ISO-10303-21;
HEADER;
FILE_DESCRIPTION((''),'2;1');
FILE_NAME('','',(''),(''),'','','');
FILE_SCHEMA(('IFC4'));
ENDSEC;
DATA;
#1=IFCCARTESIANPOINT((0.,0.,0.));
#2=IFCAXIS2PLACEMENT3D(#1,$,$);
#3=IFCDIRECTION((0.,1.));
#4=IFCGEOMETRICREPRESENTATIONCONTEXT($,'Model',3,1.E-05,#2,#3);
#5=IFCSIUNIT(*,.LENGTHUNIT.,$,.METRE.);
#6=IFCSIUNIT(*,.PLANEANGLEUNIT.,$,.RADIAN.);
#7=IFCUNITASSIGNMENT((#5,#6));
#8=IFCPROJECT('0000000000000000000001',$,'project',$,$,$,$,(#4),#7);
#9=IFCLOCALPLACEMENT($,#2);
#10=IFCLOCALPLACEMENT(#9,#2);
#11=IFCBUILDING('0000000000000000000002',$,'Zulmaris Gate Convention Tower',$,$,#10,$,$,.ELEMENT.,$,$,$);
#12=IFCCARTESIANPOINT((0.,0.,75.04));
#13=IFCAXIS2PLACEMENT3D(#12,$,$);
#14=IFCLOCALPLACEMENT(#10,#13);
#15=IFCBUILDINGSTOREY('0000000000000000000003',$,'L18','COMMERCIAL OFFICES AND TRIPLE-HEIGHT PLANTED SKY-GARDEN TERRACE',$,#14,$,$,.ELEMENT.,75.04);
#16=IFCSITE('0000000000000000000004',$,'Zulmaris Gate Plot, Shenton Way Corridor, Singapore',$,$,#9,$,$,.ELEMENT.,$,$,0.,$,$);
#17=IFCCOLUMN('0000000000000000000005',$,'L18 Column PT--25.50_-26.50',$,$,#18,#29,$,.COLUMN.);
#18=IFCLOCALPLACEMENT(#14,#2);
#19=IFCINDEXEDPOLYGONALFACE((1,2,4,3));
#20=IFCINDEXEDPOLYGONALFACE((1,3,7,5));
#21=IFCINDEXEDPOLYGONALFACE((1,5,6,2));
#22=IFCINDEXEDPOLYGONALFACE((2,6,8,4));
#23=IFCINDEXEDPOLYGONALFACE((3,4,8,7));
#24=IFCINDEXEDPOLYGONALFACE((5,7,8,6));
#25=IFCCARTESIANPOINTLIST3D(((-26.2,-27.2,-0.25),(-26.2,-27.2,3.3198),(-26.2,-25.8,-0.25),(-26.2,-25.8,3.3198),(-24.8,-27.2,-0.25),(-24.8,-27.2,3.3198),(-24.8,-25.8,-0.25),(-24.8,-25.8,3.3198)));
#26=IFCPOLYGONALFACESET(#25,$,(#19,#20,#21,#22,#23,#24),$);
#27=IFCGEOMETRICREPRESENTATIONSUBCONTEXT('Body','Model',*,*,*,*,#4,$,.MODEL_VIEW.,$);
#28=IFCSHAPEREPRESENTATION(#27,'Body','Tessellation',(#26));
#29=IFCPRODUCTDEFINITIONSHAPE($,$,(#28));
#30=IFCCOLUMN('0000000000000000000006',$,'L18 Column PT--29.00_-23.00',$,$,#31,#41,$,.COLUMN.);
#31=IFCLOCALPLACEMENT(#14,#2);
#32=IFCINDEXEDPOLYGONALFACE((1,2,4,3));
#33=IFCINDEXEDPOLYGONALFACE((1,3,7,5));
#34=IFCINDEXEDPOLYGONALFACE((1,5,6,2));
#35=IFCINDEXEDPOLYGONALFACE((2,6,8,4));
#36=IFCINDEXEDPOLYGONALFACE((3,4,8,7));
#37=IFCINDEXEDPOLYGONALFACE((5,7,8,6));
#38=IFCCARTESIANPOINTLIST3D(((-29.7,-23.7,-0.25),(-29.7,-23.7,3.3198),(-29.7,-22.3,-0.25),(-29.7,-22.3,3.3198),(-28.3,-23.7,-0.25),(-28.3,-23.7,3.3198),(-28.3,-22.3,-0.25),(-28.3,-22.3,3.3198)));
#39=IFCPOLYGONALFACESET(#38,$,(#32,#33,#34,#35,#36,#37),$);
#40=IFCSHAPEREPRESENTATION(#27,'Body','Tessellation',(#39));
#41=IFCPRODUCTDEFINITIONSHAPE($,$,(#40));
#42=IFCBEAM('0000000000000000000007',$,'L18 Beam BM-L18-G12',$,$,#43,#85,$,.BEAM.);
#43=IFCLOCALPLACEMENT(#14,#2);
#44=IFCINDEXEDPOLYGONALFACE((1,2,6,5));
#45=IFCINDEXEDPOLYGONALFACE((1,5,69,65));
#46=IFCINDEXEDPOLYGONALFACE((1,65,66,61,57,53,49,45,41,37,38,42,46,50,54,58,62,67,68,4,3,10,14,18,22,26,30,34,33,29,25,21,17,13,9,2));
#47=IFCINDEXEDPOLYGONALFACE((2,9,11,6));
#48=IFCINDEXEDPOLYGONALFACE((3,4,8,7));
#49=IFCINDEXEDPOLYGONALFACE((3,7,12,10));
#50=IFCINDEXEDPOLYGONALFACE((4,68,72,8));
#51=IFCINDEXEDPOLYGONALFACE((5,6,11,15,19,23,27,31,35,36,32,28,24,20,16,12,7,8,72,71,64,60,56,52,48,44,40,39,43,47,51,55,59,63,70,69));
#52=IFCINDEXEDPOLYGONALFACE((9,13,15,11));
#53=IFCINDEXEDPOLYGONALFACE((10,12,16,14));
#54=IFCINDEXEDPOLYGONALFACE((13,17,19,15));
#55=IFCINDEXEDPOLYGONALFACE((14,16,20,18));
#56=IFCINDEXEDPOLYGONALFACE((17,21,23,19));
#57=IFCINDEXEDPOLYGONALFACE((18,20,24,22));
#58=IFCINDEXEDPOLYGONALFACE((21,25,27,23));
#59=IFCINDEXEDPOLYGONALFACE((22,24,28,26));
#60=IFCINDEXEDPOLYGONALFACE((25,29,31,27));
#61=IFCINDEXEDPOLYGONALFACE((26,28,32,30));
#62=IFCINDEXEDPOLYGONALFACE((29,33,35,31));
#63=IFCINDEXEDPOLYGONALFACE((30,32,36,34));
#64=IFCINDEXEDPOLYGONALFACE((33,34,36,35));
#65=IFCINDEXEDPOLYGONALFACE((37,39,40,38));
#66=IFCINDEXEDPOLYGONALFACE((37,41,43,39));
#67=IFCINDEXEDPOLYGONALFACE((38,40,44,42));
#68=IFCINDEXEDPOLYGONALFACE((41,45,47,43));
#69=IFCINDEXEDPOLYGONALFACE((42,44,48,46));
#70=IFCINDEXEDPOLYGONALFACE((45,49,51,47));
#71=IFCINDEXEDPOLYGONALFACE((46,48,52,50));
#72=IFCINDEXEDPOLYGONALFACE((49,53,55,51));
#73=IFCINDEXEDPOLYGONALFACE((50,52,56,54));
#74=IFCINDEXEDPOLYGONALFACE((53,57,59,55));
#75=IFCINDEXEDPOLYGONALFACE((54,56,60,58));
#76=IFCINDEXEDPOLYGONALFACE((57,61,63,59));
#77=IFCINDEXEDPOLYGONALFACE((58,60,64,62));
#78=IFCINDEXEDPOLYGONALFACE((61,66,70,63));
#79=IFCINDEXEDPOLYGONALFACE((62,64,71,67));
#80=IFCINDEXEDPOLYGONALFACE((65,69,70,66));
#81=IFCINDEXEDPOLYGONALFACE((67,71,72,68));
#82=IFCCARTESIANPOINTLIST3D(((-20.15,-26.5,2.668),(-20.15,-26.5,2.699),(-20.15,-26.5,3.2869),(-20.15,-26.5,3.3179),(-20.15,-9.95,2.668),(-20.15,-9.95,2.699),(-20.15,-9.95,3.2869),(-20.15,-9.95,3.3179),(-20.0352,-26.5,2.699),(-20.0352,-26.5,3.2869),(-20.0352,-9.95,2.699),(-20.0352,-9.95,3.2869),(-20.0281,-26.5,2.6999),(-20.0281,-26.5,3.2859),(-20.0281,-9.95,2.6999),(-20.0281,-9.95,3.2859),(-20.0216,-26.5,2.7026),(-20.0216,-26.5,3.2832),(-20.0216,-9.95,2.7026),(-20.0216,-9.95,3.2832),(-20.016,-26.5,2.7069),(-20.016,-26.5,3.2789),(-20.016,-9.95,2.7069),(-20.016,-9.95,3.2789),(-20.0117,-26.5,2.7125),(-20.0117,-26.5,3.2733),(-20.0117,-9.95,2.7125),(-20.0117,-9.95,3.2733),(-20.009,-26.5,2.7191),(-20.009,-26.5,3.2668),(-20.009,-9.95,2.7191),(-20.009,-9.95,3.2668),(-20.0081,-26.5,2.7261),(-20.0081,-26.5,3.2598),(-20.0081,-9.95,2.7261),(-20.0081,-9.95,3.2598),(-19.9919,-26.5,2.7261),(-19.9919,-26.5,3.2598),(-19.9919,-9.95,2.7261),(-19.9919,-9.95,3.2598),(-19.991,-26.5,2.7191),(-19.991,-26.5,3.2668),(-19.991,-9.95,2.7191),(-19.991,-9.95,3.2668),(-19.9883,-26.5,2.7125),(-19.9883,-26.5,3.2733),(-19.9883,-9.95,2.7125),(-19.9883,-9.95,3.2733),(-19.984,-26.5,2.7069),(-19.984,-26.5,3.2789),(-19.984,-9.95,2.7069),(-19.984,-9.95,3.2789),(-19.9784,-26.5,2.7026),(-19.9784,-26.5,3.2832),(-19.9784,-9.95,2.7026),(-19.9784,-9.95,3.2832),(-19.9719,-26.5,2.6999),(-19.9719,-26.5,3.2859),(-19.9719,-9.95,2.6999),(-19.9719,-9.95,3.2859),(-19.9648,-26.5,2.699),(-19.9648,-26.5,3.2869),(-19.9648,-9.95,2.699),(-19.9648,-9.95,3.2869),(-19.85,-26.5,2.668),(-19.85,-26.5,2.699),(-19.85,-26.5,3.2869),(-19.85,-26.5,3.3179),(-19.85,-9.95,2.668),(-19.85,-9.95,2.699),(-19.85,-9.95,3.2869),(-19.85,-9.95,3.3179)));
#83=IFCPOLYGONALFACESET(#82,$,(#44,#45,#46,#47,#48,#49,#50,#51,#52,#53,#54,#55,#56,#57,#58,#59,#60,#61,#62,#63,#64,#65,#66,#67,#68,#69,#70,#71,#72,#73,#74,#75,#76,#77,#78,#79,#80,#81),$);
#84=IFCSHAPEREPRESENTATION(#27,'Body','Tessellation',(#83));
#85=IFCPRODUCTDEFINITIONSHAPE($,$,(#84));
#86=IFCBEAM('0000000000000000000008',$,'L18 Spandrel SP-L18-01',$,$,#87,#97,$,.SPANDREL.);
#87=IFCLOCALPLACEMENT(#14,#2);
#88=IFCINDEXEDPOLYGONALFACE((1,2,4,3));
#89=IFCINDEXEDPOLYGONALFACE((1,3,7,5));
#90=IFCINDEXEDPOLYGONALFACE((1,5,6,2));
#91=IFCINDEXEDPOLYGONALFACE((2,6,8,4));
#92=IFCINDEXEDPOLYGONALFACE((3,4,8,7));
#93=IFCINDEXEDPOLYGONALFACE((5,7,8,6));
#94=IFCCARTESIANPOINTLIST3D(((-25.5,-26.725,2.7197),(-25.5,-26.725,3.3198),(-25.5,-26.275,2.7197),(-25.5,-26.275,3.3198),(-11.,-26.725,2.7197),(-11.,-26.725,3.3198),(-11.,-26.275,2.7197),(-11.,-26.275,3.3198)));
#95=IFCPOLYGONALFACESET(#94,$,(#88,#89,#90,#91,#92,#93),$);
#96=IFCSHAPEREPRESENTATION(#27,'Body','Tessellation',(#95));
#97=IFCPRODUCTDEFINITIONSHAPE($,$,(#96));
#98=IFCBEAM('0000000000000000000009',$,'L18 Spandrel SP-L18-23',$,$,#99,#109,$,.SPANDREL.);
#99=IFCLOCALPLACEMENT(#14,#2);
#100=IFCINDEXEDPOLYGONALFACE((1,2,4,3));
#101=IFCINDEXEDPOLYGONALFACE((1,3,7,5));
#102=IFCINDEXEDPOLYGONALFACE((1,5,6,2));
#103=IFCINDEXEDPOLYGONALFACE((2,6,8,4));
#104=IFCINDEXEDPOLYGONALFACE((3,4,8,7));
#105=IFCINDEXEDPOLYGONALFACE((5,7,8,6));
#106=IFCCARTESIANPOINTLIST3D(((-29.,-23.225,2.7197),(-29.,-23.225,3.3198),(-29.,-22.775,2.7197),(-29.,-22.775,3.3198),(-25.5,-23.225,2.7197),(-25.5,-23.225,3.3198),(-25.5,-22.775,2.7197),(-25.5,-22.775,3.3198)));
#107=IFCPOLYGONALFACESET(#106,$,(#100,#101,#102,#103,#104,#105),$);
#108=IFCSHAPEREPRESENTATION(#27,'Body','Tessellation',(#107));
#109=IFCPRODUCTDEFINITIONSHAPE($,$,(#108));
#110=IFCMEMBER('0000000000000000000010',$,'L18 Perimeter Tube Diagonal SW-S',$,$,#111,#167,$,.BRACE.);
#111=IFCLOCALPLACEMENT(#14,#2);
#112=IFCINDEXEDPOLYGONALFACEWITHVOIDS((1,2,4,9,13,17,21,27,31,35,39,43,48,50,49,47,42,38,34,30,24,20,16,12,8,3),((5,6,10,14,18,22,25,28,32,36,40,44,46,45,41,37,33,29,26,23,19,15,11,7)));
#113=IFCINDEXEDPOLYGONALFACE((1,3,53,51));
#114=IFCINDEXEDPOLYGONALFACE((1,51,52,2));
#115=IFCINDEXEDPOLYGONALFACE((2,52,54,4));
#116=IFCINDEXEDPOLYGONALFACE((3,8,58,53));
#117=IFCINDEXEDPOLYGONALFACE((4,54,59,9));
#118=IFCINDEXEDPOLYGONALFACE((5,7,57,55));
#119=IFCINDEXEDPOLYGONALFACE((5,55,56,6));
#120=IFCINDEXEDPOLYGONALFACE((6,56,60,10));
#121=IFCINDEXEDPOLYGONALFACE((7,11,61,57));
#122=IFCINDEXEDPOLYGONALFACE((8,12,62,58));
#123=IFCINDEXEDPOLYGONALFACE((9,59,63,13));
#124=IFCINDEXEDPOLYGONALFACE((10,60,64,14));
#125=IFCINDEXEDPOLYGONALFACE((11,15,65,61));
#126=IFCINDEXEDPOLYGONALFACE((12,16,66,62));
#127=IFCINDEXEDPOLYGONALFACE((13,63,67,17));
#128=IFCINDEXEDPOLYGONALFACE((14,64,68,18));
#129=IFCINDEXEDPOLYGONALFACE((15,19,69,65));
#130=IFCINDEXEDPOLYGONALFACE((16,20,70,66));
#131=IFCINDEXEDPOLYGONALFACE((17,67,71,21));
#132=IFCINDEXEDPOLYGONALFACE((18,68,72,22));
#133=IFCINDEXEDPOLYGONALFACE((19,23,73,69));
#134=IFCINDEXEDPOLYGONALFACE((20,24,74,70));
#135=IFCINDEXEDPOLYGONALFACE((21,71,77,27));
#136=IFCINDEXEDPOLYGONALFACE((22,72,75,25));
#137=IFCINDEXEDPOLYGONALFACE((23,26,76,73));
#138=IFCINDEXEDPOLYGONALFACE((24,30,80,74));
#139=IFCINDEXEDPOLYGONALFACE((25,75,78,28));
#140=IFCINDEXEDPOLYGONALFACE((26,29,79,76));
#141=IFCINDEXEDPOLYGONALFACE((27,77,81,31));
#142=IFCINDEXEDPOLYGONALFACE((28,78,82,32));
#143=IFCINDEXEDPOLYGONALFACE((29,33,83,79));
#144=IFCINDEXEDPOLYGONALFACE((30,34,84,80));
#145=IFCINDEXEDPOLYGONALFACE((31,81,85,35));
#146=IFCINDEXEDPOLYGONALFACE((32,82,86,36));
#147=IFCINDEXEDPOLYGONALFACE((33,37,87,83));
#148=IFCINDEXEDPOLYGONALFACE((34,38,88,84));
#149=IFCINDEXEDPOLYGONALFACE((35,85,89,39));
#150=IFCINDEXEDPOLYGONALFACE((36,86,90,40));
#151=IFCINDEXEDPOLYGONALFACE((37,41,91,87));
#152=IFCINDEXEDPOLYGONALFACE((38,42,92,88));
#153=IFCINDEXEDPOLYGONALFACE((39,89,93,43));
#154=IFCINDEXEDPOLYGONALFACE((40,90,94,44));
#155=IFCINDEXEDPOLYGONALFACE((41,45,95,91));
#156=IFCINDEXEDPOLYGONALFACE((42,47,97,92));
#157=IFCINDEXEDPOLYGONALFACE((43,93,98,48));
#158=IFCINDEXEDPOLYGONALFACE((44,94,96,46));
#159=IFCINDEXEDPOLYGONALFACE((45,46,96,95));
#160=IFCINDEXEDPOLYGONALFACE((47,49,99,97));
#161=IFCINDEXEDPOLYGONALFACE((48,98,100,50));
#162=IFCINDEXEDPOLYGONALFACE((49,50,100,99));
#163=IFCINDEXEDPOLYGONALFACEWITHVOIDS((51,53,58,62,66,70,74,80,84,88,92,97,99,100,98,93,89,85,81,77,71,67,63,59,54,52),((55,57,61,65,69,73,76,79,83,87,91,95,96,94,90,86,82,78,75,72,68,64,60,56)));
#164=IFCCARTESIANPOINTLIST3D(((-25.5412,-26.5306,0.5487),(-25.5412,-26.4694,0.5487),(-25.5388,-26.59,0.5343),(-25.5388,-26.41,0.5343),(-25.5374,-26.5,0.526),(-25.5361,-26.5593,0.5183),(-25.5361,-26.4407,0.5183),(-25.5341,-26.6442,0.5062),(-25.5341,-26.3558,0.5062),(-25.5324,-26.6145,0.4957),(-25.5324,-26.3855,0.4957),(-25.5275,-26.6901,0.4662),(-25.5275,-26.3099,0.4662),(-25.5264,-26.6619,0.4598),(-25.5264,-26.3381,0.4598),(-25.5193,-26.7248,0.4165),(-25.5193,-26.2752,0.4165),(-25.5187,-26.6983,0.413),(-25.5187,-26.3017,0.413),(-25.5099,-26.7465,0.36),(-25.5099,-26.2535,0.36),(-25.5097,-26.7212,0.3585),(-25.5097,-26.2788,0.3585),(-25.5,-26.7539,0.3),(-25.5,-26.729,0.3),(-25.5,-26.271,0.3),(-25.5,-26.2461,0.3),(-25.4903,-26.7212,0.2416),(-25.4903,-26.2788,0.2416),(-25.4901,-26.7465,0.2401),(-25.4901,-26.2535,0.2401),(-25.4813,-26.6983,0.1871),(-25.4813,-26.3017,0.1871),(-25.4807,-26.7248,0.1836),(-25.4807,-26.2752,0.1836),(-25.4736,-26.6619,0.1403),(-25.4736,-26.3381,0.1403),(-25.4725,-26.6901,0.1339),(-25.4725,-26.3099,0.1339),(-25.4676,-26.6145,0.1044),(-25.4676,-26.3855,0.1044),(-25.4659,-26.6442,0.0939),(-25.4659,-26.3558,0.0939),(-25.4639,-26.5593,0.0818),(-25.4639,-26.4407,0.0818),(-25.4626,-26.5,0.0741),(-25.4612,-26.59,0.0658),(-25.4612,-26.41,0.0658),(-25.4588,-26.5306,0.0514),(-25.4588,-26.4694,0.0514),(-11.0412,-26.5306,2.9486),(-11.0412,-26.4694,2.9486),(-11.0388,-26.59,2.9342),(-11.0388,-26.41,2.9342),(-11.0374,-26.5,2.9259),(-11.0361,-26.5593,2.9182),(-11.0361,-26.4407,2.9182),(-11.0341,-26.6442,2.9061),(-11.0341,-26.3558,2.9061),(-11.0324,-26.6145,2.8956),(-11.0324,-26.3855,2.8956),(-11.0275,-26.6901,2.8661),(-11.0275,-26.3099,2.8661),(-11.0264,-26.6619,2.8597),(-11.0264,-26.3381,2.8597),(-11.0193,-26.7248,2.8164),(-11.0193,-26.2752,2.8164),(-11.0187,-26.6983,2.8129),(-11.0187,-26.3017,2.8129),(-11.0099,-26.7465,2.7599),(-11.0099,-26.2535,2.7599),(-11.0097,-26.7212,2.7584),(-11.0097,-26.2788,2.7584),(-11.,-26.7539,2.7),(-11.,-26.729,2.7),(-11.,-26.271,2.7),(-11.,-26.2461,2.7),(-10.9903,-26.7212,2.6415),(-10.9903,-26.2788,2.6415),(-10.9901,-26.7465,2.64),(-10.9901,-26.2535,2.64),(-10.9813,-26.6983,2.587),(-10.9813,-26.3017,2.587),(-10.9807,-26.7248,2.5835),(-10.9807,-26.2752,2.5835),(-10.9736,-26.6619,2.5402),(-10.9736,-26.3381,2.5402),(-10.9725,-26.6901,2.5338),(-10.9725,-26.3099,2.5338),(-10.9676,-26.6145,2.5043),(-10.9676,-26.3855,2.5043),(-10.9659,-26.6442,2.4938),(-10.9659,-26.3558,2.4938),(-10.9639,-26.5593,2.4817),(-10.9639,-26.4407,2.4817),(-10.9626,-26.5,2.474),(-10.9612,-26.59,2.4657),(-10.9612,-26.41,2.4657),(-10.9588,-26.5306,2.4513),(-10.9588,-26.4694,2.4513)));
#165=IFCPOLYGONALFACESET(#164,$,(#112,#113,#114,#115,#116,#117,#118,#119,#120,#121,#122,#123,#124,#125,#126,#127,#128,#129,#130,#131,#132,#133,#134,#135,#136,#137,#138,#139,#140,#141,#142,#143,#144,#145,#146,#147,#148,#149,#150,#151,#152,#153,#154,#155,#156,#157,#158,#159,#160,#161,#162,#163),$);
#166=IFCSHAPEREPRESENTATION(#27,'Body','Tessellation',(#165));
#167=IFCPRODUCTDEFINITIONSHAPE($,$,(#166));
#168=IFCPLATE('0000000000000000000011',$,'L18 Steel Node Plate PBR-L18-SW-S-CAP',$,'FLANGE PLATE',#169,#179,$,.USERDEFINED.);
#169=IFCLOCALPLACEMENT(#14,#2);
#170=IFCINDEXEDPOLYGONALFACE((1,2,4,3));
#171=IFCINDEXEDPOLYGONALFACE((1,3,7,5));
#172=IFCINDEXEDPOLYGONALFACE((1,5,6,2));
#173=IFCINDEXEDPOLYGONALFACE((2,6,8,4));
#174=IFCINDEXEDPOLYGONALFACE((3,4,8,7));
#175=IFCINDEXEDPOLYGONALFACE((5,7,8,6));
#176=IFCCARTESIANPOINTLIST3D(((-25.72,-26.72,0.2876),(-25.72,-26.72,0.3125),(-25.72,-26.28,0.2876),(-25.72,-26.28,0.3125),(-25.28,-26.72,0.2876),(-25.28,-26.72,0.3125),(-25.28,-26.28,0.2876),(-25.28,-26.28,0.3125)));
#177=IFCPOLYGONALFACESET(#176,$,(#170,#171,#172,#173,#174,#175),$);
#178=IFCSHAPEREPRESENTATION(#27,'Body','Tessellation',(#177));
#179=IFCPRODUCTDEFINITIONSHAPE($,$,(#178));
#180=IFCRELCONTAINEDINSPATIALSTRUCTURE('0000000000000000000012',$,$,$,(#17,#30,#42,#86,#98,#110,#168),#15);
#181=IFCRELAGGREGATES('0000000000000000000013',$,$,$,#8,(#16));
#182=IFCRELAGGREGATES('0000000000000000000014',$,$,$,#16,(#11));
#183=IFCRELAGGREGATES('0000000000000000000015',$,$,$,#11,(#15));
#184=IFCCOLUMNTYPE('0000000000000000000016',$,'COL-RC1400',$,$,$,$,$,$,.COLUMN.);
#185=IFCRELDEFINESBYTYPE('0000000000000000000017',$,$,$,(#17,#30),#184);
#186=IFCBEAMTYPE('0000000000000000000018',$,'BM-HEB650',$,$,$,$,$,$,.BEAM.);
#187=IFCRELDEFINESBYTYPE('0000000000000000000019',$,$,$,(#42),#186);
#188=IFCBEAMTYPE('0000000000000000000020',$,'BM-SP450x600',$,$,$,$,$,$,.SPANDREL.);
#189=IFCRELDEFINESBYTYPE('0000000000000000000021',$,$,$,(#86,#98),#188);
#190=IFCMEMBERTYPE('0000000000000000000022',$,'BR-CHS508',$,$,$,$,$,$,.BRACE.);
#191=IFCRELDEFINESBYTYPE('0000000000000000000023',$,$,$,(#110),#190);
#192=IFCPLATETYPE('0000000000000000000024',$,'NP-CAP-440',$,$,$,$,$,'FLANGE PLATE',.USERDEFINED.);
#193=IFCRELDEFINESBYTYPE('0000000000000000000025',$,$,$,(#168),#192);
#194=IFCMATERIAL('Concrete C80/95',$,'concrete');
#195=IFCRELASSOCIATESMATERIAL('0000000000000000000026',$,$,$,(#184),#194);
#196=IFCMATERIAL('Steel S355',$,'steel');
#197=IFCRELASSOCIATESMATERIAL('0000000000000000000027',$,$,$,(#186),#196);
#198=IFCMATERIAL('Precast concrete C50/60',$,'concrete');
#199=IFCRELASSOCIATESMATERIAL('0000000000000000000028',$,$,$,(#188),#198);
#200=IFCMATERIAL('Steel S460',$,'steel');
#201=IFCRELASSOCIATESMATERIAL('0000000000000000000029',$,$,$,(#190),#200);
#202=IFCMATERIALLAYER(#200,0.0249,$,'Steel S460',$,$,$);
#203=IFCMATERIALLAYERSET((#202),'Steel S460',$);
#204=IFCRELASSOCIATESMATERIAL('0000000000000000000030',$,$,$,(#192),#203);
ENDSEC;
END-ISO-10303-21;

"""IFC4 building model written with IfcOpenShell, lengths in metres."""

from ifc_helpers import new_model, si_unit, direction, frame, origin, origin_2d, place, context, subcontext, project, spatial, rectangle, hollow_circle, i_section, extrude, material, layer, layer_set, material_profile, profile_set, type_object, element, save


model = new_model("IFC4")

# Units and contexts
model_context = context("Model", 3, precision=1e-05, world=origin(), true_north=direction((0.0, 1.0)))
body_context = subcontext(model_context, "Body", "Model", "MODEL_VIEW")
ifc_project = project(units=[si_unit("LENGTHUNIT", "METRE"), si_unit("PLANEANGLEUNIT", "RADIAN")], contexts=[model_context])

# Site, building, storey
site_placement = place(None, origin())
site = spatial("IfcSite", under=ifc_project, at=site_placement, Name="Zulmaris Gate Plot, Shenton Way Corridor, Singapore", CompositionType="ELEMENT", RefElevation=0.0)
building_placement = place(site_placement, origin())
building = spatial("IfcBuilding", under=site, at=building_placement, Name="Zulmaris Gate Convention Tower", CompositionType="ELEMENT")
storey_placement = place(building_placement, frame((0.0, 0.0, 75.04)))
storey = spatial("IfcBuildingStorey", under=building, at=storey_placement, Name="L18", Description="COMMERCIAL OFFICES AND TRIPLE-HEIGHT PLANTED SKY-GARDEN TERRACE", CompositionType="ELEMENT", Elevation=75.04)

# Columns
ifc_material_1 = material(Name="Concrete C80/95", Category="concrete")
ifc_material_profile_1 = material_profile(ifc_material_1, rectangle(XDim=1.3999, YDim=1.3999, at=origin_2d()), Name="RC COL 1400x1400")
ifc_profile_set_1 = profile_set([ifc_material_profile_1], Name="Concrete C80/95")
column_type = type_object("IfcColumnType", Name="COL-RC1400", PredefinedType="COLUMN", material=ifc_profile_set_1)
for number, where, z_axis, x_axis, name in (
    (1, (-25.5, -26.5, -0.25), (0.0, 0.0, 1.0), (1.0, 0.0, 0.0), "L18 Column PT--25.50_-26.50"),
    (2, (-29.0, -23.0, -0.25), (0.0, 0.0, 1.0), (1.0, 0.0, 0.0), "L18 Column PT--29.00_-23.00"),
):
    element("IfcColumn", number, at=place(storey_placement, frame(where, z_axis=z_axis, x_axis=x_axis)), inside=storey, type_object=column_type, Name=name, PredefinedType="COLUMN", context=body_context, shape_type="SweptSolid", body=[
        extrude(rectangle(XDim=1.3999, YDim=1.3999, at=origin_2d()), origin(), (0.0, 0.0, 1.0), 3.5698),
    ])

# Beams
ifc_material_2 = material(Name="Steel S355", Category="steel")
ifc_material_profile_2 = material_profile(ifc_material_2, i_section(OverallWidth=0.3, OverallDepth=0.6499, WebThickness=0.0161, FlangeThickness=0.031, FilletRadius=0.0271, at=origin_2d()), Name="HEB 650")
ifc_profile_set_2 = profile_set([ifc_material_profile_2], Name="Steel S355")
beam_type_1 = type_object("IfcBeamType", Name="BM-HEB650", PredefinedType="BEAM", material=ifc_profile_set_2)
beam_1_placement = place(storey_placement, frame((-20.0, -26.5, 2.9929), z_axis=(0.0, 1.0, 0.0), x_axis=(-1.0, 0.0, 0.0)))
element("IfcBeam", 3, at=beam_1_placement, inside=storey, type_object=beam_type_1, Name="L18 Beam BM-L18-G12", PredefinedType="BEAM", context=body_context, shape_type="SweptSolid", body=[
    extrude(i_section(OverallWidth=0.3, OverallDepth=0.6499, WebThickness=0.0161, FlangeThickness=0.031, FilletRadius=0.0271, at=origin_2d()), origin(), (0.0, 0.0, 1.0), 16.55),
])
ifc_material_3 = material(Name="Precast concrete C50/60", Category="concrete")
ifc_material_profile_3 = material_profile(ifc_material_3, rectangle(XDim=0.45, YDim=0.6001, at=origin_2d()), Name="RC SPANDREL 450x600")
ifc_profile_set_3 = profile_set([ifc_material_profile_3], Name="Precast concrete C50/60")
beam_type_2 = type_object("IfcBeamType", Name="BM-SP450x600", PredefinedType="SPANDREL", material=ifc_profile_set_3)
beam_2_placement = place(storey_placement, frame((-25.5, -26.5, 3.0198), z_axis=(1.0, 0.0, 0.0), x_axis=(0.0, 1.0, 0.0)))
element("IfcBeam", 4, at=beam_2_placement, inside=storey, type_object=beam_type_2, Name="L18 Spandrel SP-L18-01", PredefinedType="SPANDREL", context=body_context, shape_type="SweptSolid", body=[
    extrude(rectangle(XDim=0.45, YDim=0.6001, at=origin_2d()), origin(), (0.0, 0.0, 1.0), 14.5),
])
beam_3_placement = place(storey_placement, frame((-29.0, -23.0, 3.0198), z_axis=(1.0, 0.0, 0.0), x_axis=(0.0, 1.0, 0.0)))
element("IfcBeam", 5, at=beam_3_placement, inside=storey, type_object=beam_type_2, Name="L18 Spandrel SP-L18-23", PredefinedType="SPANDREL", context=body_context, shape_type="SweptSolid", body=[
    extrude(rectangle(XDim=0.45, YDim=0.6001, at=origin_2d()), origin(), (0.0, 0.0, 1.0), 3.5),
])

# Member
ifc_material_4 = material(Name="Steel S460", Category="steel")
ifc_material_profile_4 = material_profile(ifc_material_4, hollow_circle(Radius=0.2539, WallThickness=0.0249, at=origin_2d()), Name="CHS 508x25")
ifc_profile_set_4 = profile_set([ifc_material_profile_4], Name="Steel S460")
member_type = type_object("IfcMemberType", Name="BR-CHS508", PredefinedType="BRACE", material=ifc_profile_set_4)
member_placement = place(storey_placement, frame((-25.5, -26.5, 0.3), z_axis=(0.986578, 0.0, 0.163289), x_axis=(0.0, 1.0, 0.0)))
element("IfcMember", 6, at=member_placement, inside=storey, type_object=member_type, Name="L18 Perimeter Tube Diagonal SW-S", PredefinedType="BRACE", context=body_context, shape_type="SweptSolid", body=[
    extrude(hollow_circle(Radius=0.2539, WallThickness=0.0249, at=origin_2d()), origin(), (0.0, 0.0, 1.0), 14.6973),
])

# Plate
ifc_layer_1 = layer(ifc_material_4, 0.0249, Name="Steel S460")
ifc_layer_set_1 = layer_set([ifc_layer_1], Name="Steel S460")
plate_type = type_object("IfcPlateType", Name="NP-CAP-440", ElementType="FLANGE PLATE", PredefinedType="USERDEFINED", material=ifc_layer_set_1)
plate_placement = place(storey_placement, frame((-25.5, -26.5, 0.2876), z_axis=(0.0, 0.0, 1.0), x_axis=(1.0, 0.0, 0.0)))
element("IfcPlate", 7, at=plate_placement, inside=storey, type_object=plate_type, Name="L18 Steel Node Plate PBR-L18-SW-S-CAP", ObjectType="FLANGE PLATE", PredefinedType="USERDEFINED", context=body_context, shape_type="SweptSolid", body=[
    extrude(rectangle(XDim=0.4399, YDim=0.4399, at=origin_2d()), origin(), (0.0, 0.0, 1.0), 0.0249),
])

save(model, "model.ifc")
